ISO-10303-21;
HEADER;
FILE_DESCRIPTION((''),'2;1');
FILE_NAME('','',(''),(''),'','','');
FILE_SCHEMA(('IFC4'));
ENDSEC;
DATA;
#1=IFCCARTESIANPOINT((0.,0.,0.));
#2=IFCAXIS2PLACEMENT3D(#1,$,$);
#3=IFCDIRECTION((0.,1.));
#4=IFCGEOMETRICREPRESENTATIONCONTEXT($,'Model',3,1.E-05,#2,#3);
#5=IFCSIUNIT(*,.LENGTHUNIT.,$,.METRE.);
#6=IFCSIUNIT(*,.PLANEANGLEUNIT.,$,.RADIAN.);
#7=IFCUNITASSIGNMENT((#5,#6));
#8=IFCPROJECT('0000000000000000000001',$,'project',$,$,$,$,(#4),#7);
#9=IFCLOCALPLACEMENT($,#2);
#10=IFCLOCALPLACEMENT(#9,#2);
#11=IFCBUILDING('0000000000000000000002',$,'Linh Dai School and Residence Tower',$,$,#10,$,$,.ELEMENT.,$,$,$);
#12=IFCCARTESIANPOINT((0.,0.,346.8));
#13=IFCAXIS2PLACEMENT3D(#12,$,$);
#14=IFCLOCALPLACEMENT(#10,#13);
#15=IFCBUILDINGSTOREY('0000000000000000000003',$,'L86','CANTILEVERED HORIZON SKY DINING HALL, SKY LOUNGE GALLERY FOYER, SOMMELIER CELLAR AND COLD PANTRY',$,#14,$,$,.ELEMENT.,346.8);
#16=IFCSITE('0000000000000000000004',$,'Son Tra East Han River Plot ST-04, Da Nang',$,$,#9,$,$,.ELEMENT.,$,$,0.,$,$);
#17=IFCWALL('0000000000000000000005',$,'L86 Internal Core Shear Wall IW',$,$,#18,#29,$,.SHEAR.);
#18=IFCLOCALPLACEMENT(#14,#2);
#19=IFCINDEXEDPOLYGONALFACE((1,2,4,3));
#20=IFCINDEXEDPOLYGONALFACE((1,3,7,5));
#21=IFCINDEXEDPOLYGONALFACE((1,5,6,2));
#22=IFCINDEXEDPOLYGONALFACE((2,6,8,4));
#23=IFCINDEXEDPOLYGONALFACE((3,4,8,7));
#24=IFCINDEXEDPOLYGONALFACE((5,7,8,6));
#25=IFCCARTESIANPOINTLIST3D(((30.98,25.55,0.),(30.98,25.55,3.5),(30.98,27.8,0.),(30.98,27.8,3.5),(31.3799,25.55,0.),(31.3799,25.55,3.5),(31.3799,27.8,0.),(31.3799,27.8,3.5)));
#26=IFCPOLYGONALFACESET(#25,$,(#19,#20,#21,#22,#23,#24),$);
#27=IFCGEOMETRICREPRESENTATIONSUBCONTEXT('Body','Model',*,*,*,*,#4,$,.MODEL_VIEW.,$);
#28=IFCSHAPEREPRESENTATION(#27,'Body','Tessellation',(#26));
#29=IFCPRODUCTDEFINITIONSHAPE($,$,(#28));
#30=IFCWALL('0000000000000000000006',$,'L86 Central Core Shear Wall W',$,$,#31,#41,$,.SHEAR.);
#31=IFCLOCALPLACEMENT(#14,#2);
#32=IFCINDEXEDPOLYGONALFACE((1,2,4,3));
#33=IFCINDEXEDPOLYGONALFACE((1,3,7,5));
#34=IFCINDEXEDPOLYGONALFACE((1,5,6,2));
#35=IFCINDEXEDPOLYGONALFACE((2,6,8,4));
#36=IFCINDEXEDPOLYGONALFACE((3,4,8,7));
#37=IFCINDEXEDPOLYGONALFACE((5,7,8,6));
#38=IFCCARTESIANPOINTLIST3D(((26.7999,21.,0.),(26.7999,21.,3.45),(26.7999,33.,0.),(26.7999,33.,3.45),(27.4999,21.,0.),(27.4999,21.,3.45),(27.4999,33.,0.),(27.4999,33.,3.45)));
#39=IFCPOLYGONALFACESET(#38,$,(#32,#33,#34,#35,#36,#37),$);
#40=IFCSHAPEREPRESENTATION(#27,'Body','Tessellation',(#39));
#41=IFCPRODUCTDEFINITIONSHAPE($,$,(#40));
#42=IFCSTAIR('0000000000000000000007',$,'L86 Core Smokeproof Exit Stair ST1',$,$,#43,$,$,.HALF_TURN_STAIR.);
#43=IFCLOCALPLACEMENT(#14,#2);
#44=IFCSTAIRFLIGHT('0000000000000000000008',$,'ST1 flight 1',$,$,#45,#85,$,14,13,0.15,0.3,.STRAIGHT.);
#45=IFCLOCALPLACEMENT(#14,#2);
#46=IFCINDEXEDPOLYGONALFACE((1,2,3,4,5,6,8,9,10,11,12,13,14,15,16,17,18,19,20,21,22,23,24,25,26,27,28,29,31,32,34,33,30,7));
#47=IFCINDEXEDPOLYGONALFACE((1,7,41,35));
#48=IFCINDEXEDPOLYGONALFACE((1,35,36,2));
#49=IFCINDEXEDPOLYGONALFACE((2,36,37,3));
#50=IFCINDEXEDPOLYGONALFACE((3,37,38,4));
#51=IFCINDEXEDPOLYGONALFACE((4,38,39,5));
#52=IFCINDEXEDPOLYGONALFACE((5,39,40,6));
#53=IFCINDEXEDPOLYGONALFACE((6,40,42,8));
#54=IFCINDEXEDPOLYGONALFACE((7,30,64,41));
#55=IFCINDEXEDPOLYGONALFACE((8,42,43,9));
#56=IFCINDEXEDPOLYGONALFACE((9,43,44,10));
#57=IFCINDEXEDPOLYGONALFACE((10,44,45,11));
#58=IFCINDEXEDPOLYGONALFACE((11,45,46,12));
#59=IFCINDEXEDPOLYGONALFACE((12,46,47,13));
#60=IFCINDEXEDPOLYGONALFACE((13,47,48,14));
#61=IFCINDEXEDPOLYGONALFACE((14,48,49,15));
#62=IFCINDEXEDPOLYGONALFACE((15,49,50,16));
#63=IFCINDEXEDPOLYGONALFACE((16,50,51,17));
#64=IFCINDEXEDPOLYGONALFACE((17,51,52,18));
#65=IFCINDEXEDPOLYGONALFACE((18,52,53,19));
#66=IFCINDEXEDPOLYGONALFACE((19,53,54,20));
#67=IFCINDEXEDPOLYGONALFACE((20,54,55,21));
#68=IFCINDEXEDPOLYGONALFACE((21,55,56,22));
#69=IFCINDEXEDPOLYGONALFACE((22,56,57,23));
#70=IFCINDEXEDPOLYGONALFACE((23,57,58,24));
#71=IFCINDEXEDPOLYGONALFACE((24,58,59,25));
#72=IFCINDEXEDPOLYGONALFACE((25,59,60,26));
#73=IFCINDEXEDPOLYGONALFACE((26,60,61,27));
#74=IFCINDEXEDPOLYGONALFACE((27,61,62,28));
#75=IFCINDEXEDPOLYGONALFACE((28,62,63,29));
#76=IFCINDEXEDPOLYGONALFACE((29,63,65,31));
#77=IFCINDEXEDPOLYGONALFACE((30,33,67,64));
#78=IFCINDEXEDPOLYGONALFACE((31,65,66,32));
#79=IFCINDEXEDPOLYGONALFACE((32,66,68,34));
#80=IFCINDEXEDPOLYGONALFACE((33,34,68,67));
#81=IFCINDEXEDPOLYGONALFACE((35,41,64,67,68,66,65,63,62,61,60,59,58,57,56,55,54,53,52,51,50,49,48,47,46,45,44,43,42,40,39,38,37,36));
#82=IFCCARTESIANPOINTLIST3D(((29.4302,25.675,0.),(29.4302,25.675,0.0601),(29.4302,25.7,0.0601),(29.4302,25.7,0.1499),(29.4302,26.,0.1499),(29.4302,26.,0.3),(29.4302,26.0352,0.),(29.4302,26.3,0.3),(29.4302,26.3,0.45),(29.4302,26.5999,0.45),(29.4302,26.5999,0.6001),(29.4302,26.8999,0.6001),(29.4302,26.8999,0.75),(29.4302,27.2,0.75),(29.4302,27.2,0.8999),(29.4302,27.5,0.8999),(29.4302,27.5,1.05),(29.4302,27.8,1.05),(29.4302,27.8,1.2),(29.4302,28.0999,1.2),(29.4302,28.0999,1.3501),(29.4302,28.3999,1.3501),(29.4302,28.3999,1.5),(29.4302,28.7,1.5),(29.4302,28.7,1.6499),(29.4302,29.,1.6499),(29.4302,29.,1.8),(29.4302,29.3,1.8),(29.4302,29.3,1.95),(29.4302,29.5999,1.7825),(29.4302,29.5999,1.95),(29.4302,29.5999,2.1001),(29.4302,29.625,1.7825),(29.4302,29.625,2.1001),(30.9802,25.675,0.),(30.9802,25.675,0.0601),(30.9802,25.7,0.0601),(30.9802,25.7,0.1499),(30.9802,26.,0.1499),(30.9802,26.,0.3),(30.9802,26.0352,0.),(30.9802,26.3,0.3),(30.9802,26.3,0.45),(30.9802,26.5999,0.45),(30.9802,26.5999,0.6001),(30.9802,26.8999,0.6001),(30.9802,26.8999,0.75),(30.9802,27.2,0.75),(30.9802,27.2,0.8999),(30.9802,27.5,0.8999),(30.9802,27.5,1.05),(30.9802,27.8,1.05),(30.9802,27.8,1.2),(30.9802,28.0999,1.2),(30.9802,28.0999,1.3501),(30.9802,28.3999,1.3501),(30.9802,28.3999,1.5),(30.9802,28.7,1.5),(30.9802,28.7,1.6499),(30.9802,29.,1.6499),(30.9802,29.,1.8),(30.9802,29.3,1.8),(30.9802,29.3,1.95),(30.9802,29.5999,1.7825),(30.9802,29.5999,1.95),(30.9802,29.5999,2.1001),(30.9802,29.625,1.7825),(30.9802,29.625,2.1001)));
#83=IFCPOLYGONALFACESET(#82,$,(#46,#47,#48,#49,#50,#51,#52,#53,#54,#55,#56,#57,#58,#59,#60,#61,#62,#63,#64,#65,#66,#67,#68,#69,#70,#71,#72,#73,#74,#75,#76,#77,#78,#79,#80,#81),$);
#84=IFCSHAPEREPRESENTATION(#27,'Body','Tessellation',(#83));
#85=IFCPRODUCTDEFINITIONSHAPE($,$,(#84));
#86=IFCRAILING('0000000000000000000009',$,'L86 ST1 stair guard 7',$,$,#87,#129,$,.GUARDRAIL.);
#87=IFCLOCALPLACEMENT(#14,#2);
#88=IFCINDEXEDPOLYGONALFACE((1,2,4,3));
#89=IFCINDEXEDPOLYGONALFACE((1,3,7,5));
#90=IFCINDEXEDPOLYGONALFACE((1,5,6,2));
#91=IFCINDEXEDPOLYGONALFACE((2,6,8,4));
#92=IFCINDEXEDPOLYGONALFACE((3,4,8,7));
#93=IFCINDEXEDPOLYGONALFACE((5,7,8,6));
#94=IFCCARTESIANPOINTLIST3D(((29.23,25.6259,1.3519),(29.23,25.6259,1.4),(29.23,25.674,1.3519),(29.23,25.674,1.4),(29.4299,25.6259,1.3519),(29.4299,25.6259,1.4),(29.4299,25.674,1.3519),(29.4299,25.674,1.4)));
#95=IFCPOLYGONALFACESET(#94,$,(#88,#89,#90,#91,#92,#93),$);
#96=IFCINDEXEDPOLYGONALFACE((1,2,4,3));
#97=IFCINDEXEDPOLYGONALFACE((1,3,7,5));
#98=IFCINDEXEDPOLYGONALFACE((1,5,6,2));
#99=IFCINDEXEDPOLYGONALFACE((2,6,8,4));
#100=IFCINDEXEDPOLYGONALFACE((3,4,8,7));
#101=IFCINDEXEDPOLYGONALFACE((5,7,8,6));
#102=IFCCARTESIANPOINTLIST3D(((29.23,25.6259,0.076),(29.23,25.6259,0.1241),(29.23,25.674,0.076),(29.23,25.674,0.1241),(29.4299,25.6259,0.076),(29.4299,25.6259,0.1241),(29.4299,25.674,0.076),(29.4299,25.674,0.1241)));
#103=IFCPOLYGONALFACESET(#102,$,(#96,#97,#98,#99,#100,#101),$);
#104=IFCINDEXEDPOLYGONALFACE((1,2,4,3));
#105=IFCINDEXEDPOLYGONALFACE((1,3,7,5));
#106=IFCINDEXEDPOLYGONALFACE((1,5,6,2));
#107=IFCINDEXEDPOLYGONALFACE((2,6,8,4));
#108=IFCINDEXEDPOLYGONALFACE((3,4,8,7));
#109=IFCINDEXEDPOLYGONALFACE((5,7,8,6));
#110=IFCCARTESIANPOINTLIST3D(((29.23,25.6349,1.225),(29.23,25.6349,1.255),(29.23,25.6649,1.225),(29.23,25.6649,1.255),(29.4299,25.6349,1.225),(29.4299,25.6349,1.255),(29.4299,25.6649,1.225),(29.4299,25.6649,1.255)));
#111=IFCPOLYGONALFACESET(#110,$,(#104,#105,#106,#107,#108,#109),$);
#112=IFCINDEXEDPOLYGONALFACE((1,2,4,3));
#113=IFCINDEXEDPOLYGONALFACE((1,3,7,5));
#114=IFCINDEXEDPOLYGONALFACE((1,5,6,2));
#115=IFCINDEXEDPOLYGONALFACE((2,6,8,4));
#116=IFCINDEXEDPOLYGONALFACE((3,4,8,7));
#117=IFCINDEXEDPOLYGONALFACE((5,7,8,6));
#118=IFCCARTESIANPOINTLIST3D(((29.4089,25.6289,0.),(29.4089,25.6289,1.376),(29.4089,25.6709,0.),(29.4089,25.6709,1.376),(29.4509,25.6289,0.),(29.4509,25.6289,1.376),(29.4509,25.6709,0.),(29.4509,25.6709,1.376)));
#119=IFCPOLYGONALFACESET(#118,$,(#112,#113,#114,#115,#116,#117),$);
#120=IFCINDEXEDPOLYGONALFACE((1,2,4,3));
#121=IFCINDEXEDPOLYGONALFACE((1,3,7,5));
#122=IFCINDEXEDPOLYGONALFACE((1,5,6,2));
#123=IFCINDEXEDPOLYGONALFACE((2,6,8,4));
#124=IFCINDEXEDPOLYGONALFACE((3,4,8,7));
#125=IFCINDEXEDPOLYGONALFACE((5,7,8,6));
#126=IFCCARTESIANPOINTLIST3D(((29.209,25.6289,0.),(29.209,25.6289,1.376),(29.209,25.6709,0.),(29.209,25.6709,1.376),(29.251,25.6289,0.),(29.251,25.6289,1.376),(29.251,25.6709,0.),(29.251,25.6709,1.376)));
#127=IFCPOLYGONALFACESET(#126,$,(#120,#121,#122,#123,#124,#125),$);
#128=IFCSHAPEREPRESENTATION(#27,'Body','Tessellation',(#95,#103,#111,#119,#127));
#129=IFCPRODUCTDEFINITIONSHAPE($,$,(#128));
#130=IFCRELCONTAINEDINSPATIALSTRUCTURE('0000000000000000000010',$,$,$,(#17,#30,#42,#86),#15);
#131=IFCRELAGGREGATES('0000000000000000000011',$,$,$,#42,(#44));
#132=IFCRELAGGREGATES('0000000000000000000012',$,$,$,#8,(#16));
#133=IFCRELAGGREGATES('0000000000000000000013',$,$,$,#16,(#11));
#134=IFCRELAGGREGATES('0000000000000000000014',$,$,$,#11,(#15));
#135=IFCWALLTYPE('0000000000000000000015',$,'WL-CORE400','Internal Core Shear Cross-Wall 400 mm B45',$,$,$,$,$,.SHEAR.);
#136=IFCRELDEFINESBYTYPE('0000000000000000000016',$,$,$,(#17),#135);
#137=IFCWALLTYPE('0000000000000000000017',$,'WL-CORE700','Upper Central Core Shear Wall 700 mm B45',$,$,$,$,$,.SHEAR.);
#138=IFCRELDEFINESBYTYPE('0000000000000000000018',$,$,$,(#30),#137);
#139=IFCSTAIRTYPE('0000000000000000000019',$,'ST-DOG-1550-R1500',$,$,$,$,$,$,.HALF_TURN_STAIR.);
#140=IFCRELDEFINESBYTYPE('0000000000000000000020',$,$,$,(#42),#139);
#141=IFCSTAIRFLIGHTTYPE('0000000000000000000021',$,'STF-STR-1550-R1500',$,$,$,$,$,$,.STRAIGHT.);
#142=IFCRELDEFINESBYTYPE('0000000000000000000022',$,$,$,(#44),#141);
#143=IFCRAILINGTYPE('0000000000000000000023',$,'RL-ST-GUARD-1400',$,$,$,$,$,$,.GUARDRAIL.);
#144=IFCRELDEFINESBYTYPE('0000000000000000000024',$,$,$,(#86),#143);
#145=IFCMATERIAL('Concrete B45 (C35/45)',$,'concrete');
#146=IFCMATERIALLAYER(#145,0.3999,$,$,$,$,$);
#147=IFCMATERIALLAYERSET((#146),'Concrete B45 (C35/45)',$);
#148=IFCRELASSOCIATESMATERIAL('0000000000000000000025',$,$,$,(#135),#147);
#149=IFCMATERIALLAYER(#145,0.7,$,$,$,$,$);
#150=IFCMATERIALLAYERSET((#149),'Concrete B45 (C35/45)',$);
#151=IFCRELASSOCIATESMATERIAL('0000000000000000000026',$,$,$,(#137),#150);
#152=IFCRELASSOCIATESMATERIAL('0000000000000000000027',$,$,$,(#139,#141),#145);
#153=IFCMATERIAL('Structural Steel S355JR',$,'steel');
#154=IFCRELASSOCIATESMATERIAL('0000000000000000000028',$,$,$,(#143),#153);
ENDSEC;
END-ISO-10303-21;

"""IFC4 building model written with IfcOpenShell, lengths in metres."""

from ifc_helpers import new_model, si_unit, direction, frame, frame_2d, origin, origin_2d, place, context, subcontext, project, spatial, polyline, rectangle, outline, extrude, source, transform, mapped, material, layer, layer_set, type_object, element, aggregate, save


model = new_model("IFC4")

# Units and contexts
model_context = context("Model", 3, precision=1e-05, world=origin(), true_north=direction((0.0, 1.0)))
body_context = subcontext(model_context, "Body", "Model", "MODEL_VIEW")
ifc_project = project(units=[si_unit("LENGTHUNIT", "METRE"), si_unit("PLANEANGLEUNIT", "RADIAN")], contexts=[model_context])

# Site, building, storey
site_placement = place(None, origin())
site = spatial("IfcSite", under=ifc_project, at=site_placement, Name="Son Tra East Han River Plot ST-04, Da Nang", CompositionType="ELEMENT", RefElevation=0.0)
building_placement = place(site_placement, origin())
building = spatial("IfcBuilding", under=site, at=building_placement, Name="Linh Dai School and Residence Tower", CompositionType="ELEMENT")
storey_placement = place(building_placement, frame((0.0, 0.0, 346.8)))
storey = spatial("IfcBuildingStorey", under=building, at=storey_placement, Name="L86", Description="CANTILEVERED HORIZON SKY DINING HALL, SKY LOUNGE GALLERY FOYER, SOMMELIER CELLAR AND COLD PANTRY", CompositionType="ELEMENT", Elevation=346.8)

# Shared definitions
ifc_material_1 = material(Name="Structural Steel S355JR", Category="steel")

# Shared definitions
ifc_material_2 = material(Name="Concrete B45 (C35/45)", Category="concrete")

# Walls
ifc_layer_1 = layer(ifc_material_2, 0.3999)
ifc_layer_set_1 = layer_set([ifc_layer_1], Name="Concrete B45 (C35/45)")
wall_type_1 = type_object("IfcWallType", Name="WL-CORE400", Description="Internal Core Shear Cross-Wall 400 mm B45", PredefinedType="SHEAR", material=ifc_layer_set_1)
wall_1_placement = place(storey_placement, frame((31.1799, 25.55, 0.0), z_axis=(0.0, 0.0, 1.0), x_axis=(0.0, 1.0, 0.0)))
element("IfcWall", 1, at=wall_1_placement, inside=storey, type_object=wall_type_1, Name="L86 Internal Core Shear Wall IW", PredefinedType="SHEAR", context=body_context, shape_type="SweptSolid", body=[
    extrude(rectangle(XDim=2.25, YDim=0.3999, at=frame_2d((1.125, 0.0))), origin(), (0.0, 0.0, 1.0), 3.5),
])
ifc_layer_2 = layer(ifc_material_2, 0.7)
ifc_layer_set_2 = layer_set([ifc_layer_2], Name="Concrete B45 (C35/45)")
wall_type_2 = type_object("IfcWallType", Name="WL-CORE700", Description="Upper Central Core Shear Wall 700 mm B45", PredefinedType="SHEAR", material=ifc_layer_set_2)
wall_2_placement = place(storey_placement, frame((27.1499, 21.0, 0.0), z_axis=(0.0, 0.0, 1.0), x_axis=(0.0, 1.0, 0.0)))
element("IfcWall", 2, at=wall_2_placement, inside=storey, type_object=wall_type_2, Name="L86 Central Core Shear Wall W", PredefinedType="SHEAR", context=body_context, shape_type="SweptSolid", body=[
    extrude(rectangle(XDim=12.0, YDim=0.7, at=frame_2d((6.0, 0.0))), origin(), (0.0, 0.0, 1.0), 3.45),
])

# Stair, stair flight
stair_type = type_object("IfcStairType", Name="ST-DOG-1550-R1500", PredefinedType="HALF_TURN_STAIR", material=ifc_material_2)
stair_placement = place(storey_placement, origin())
stair = element("IfcStair", 3, at=stair_placement, inside=storey, type_object=stair_type, Name="L86 Core Smokeproof Exit Stair ST1", PredefinedType="HALF_TURN_STAIR")
stair_flight_type = type_object("IfcStairFlightType", Name="STF-STR-1550-R1500", PredefinedType="STRAIGHT", material=ifc_material_2)
shared_shape_1 = source(origin(), body_context, "Body", "SweptSolid", [
    extrude(outline(polyline([(-0.0249, 0.0), (-0.0249, 0.0601), (0.0, 0.0601), (0.0, 0.1499), (0.3, 0.1499), (0.3, 0.3), (0.6001, 0.3), (0.6001, 0.45), (0.8999, 0.45), (0.8999, 0.6001), (1.2, 0.6001), (1.2, 0.75), (1.5, 0.75), (1.5, 0.8999), (1.8, 0.8999), (1.8, 1.05), (2.1001, 1.05), (2.1001, 1.2), (2.3999, 1.2), (2.3999, 1.3501), (2.7, 1.3501), (2.7, 1.5), (3.0, 1.5), (3.0, 1.6499), (3.3, 1.6499), (3.3, 1.8), (3.6001, 1.8), (3.6001, 1.95), (3.8999, 1.95), (3.8999, 2.1001), (3.925, 2.1001), (3.925, 1.7825), (3.8999, 1.7825), (0.3352, 0.0), (-0.0249, 0.0)])), frame((0.0, 0.7749, 0.0), z_axis=(0.0, -1.0, 0.0), x_axis=(1.0, 0.0, 0.0)), (0.0, 0.0, 1.0), 1.55),
])
stair_flight_placement = place(storey_placement, frame((30.2051, 25.7, 0.0), z_axis=(0.0, 0.0, 1.0), x_axis=(0.0, 1.0, 0.0)))
stair_flight = element("IfcStairFlight", 4, at=stair_flight_placement, type_object=stair_flight_type, Name="ST1 flight 1", NumberOfRisers=14, NumberOfTreads=13, PredefinedType="STRAIGHT", RiserHeight=0.15, TreadLength=0.3, context=body_context, shape_type="MappedRepresentation", body=[
    mapped(shared_shape_1, transform((0.0, 0.0, 0.0), x_axis=(1.0, 0.0, 0.0), y_axis=(0.0, 1.0, 0.0), z_axis=(0.0, 0.0, 1.0), scale=1.0)),
])
aggregate(stair, [stair_flight])

# Railing
railing_type_1 = type_object("IfcRailingType", Name="RL-ST-GUARD-1400", PredefinedType="GUARDRAIL", material=ifc_material_1)
shared_shape_2 = source(origin(), body_context, "Body", "SweptSolid", [
    extrude(rectangle(XDim=0.0481, YDim=0.0481, at=origin_2d()), frame((0.0, 0.0, 1.376), z_axis=(-1.0, 0.0, 0.0), x_axis=(0.0, -1.0, 0.0)), (0.0, 0.0, 1.0), 0.2),
    extrude(rectangle(XDim=0.0481, YDim=0.0481, at=origin_2d()), frame((0.0, 0.0, 0.1001), z_axis=(-1.0, 0.0, 0.0), x_axis=(0.0, -1.0, 0.0)), (0.0, 0.0, 1.0), 0.2),
    extrude(rectangle(XDim=0.03, YDim=0.03, at=origin_2d()), frame((0.0, 0.0, 1.24), z_axis=(-1.0, 0.0, 0.0), x_axis=(0.0, -1.0, 0.0)), (0.0, 0.0, 1.0), 0.2),
    extrude(rectangle(XDim=0.042, YDim=0.042, at=origin_2d()), origin(), (0.0, 0.0, 1.0), 1.376),
    extrude(rectangle(XDim=0.042, YDim=0.042, at=origin_2d()), frame((-0.2, 0.0, 0.0)), (0.0, 0.0, 1.0), 1.376),
])
railing_1_placement = place(storey_placement, frame((29.4299, 25.6499, 0.0)))
element("IfcRailing", 5, at=railing_1_placement, inside=storey, type_object=railing_type_1, Name="L86 ST1 stair guard 7", PredefinedType="GUARDRAIL", context=body_context, shape_type="MappedRepresentation", body=[
    mapped(shared_shape_2, transform((0.0, 0.0, 0.0), x_axis=(1.0, 0.0, 0.0), y_axis=(0.0, 1.0, 0.0), z_axis=(0.0, 0.0, 1.0), scale=1.0)),
])

save(model, "model.ifc")
